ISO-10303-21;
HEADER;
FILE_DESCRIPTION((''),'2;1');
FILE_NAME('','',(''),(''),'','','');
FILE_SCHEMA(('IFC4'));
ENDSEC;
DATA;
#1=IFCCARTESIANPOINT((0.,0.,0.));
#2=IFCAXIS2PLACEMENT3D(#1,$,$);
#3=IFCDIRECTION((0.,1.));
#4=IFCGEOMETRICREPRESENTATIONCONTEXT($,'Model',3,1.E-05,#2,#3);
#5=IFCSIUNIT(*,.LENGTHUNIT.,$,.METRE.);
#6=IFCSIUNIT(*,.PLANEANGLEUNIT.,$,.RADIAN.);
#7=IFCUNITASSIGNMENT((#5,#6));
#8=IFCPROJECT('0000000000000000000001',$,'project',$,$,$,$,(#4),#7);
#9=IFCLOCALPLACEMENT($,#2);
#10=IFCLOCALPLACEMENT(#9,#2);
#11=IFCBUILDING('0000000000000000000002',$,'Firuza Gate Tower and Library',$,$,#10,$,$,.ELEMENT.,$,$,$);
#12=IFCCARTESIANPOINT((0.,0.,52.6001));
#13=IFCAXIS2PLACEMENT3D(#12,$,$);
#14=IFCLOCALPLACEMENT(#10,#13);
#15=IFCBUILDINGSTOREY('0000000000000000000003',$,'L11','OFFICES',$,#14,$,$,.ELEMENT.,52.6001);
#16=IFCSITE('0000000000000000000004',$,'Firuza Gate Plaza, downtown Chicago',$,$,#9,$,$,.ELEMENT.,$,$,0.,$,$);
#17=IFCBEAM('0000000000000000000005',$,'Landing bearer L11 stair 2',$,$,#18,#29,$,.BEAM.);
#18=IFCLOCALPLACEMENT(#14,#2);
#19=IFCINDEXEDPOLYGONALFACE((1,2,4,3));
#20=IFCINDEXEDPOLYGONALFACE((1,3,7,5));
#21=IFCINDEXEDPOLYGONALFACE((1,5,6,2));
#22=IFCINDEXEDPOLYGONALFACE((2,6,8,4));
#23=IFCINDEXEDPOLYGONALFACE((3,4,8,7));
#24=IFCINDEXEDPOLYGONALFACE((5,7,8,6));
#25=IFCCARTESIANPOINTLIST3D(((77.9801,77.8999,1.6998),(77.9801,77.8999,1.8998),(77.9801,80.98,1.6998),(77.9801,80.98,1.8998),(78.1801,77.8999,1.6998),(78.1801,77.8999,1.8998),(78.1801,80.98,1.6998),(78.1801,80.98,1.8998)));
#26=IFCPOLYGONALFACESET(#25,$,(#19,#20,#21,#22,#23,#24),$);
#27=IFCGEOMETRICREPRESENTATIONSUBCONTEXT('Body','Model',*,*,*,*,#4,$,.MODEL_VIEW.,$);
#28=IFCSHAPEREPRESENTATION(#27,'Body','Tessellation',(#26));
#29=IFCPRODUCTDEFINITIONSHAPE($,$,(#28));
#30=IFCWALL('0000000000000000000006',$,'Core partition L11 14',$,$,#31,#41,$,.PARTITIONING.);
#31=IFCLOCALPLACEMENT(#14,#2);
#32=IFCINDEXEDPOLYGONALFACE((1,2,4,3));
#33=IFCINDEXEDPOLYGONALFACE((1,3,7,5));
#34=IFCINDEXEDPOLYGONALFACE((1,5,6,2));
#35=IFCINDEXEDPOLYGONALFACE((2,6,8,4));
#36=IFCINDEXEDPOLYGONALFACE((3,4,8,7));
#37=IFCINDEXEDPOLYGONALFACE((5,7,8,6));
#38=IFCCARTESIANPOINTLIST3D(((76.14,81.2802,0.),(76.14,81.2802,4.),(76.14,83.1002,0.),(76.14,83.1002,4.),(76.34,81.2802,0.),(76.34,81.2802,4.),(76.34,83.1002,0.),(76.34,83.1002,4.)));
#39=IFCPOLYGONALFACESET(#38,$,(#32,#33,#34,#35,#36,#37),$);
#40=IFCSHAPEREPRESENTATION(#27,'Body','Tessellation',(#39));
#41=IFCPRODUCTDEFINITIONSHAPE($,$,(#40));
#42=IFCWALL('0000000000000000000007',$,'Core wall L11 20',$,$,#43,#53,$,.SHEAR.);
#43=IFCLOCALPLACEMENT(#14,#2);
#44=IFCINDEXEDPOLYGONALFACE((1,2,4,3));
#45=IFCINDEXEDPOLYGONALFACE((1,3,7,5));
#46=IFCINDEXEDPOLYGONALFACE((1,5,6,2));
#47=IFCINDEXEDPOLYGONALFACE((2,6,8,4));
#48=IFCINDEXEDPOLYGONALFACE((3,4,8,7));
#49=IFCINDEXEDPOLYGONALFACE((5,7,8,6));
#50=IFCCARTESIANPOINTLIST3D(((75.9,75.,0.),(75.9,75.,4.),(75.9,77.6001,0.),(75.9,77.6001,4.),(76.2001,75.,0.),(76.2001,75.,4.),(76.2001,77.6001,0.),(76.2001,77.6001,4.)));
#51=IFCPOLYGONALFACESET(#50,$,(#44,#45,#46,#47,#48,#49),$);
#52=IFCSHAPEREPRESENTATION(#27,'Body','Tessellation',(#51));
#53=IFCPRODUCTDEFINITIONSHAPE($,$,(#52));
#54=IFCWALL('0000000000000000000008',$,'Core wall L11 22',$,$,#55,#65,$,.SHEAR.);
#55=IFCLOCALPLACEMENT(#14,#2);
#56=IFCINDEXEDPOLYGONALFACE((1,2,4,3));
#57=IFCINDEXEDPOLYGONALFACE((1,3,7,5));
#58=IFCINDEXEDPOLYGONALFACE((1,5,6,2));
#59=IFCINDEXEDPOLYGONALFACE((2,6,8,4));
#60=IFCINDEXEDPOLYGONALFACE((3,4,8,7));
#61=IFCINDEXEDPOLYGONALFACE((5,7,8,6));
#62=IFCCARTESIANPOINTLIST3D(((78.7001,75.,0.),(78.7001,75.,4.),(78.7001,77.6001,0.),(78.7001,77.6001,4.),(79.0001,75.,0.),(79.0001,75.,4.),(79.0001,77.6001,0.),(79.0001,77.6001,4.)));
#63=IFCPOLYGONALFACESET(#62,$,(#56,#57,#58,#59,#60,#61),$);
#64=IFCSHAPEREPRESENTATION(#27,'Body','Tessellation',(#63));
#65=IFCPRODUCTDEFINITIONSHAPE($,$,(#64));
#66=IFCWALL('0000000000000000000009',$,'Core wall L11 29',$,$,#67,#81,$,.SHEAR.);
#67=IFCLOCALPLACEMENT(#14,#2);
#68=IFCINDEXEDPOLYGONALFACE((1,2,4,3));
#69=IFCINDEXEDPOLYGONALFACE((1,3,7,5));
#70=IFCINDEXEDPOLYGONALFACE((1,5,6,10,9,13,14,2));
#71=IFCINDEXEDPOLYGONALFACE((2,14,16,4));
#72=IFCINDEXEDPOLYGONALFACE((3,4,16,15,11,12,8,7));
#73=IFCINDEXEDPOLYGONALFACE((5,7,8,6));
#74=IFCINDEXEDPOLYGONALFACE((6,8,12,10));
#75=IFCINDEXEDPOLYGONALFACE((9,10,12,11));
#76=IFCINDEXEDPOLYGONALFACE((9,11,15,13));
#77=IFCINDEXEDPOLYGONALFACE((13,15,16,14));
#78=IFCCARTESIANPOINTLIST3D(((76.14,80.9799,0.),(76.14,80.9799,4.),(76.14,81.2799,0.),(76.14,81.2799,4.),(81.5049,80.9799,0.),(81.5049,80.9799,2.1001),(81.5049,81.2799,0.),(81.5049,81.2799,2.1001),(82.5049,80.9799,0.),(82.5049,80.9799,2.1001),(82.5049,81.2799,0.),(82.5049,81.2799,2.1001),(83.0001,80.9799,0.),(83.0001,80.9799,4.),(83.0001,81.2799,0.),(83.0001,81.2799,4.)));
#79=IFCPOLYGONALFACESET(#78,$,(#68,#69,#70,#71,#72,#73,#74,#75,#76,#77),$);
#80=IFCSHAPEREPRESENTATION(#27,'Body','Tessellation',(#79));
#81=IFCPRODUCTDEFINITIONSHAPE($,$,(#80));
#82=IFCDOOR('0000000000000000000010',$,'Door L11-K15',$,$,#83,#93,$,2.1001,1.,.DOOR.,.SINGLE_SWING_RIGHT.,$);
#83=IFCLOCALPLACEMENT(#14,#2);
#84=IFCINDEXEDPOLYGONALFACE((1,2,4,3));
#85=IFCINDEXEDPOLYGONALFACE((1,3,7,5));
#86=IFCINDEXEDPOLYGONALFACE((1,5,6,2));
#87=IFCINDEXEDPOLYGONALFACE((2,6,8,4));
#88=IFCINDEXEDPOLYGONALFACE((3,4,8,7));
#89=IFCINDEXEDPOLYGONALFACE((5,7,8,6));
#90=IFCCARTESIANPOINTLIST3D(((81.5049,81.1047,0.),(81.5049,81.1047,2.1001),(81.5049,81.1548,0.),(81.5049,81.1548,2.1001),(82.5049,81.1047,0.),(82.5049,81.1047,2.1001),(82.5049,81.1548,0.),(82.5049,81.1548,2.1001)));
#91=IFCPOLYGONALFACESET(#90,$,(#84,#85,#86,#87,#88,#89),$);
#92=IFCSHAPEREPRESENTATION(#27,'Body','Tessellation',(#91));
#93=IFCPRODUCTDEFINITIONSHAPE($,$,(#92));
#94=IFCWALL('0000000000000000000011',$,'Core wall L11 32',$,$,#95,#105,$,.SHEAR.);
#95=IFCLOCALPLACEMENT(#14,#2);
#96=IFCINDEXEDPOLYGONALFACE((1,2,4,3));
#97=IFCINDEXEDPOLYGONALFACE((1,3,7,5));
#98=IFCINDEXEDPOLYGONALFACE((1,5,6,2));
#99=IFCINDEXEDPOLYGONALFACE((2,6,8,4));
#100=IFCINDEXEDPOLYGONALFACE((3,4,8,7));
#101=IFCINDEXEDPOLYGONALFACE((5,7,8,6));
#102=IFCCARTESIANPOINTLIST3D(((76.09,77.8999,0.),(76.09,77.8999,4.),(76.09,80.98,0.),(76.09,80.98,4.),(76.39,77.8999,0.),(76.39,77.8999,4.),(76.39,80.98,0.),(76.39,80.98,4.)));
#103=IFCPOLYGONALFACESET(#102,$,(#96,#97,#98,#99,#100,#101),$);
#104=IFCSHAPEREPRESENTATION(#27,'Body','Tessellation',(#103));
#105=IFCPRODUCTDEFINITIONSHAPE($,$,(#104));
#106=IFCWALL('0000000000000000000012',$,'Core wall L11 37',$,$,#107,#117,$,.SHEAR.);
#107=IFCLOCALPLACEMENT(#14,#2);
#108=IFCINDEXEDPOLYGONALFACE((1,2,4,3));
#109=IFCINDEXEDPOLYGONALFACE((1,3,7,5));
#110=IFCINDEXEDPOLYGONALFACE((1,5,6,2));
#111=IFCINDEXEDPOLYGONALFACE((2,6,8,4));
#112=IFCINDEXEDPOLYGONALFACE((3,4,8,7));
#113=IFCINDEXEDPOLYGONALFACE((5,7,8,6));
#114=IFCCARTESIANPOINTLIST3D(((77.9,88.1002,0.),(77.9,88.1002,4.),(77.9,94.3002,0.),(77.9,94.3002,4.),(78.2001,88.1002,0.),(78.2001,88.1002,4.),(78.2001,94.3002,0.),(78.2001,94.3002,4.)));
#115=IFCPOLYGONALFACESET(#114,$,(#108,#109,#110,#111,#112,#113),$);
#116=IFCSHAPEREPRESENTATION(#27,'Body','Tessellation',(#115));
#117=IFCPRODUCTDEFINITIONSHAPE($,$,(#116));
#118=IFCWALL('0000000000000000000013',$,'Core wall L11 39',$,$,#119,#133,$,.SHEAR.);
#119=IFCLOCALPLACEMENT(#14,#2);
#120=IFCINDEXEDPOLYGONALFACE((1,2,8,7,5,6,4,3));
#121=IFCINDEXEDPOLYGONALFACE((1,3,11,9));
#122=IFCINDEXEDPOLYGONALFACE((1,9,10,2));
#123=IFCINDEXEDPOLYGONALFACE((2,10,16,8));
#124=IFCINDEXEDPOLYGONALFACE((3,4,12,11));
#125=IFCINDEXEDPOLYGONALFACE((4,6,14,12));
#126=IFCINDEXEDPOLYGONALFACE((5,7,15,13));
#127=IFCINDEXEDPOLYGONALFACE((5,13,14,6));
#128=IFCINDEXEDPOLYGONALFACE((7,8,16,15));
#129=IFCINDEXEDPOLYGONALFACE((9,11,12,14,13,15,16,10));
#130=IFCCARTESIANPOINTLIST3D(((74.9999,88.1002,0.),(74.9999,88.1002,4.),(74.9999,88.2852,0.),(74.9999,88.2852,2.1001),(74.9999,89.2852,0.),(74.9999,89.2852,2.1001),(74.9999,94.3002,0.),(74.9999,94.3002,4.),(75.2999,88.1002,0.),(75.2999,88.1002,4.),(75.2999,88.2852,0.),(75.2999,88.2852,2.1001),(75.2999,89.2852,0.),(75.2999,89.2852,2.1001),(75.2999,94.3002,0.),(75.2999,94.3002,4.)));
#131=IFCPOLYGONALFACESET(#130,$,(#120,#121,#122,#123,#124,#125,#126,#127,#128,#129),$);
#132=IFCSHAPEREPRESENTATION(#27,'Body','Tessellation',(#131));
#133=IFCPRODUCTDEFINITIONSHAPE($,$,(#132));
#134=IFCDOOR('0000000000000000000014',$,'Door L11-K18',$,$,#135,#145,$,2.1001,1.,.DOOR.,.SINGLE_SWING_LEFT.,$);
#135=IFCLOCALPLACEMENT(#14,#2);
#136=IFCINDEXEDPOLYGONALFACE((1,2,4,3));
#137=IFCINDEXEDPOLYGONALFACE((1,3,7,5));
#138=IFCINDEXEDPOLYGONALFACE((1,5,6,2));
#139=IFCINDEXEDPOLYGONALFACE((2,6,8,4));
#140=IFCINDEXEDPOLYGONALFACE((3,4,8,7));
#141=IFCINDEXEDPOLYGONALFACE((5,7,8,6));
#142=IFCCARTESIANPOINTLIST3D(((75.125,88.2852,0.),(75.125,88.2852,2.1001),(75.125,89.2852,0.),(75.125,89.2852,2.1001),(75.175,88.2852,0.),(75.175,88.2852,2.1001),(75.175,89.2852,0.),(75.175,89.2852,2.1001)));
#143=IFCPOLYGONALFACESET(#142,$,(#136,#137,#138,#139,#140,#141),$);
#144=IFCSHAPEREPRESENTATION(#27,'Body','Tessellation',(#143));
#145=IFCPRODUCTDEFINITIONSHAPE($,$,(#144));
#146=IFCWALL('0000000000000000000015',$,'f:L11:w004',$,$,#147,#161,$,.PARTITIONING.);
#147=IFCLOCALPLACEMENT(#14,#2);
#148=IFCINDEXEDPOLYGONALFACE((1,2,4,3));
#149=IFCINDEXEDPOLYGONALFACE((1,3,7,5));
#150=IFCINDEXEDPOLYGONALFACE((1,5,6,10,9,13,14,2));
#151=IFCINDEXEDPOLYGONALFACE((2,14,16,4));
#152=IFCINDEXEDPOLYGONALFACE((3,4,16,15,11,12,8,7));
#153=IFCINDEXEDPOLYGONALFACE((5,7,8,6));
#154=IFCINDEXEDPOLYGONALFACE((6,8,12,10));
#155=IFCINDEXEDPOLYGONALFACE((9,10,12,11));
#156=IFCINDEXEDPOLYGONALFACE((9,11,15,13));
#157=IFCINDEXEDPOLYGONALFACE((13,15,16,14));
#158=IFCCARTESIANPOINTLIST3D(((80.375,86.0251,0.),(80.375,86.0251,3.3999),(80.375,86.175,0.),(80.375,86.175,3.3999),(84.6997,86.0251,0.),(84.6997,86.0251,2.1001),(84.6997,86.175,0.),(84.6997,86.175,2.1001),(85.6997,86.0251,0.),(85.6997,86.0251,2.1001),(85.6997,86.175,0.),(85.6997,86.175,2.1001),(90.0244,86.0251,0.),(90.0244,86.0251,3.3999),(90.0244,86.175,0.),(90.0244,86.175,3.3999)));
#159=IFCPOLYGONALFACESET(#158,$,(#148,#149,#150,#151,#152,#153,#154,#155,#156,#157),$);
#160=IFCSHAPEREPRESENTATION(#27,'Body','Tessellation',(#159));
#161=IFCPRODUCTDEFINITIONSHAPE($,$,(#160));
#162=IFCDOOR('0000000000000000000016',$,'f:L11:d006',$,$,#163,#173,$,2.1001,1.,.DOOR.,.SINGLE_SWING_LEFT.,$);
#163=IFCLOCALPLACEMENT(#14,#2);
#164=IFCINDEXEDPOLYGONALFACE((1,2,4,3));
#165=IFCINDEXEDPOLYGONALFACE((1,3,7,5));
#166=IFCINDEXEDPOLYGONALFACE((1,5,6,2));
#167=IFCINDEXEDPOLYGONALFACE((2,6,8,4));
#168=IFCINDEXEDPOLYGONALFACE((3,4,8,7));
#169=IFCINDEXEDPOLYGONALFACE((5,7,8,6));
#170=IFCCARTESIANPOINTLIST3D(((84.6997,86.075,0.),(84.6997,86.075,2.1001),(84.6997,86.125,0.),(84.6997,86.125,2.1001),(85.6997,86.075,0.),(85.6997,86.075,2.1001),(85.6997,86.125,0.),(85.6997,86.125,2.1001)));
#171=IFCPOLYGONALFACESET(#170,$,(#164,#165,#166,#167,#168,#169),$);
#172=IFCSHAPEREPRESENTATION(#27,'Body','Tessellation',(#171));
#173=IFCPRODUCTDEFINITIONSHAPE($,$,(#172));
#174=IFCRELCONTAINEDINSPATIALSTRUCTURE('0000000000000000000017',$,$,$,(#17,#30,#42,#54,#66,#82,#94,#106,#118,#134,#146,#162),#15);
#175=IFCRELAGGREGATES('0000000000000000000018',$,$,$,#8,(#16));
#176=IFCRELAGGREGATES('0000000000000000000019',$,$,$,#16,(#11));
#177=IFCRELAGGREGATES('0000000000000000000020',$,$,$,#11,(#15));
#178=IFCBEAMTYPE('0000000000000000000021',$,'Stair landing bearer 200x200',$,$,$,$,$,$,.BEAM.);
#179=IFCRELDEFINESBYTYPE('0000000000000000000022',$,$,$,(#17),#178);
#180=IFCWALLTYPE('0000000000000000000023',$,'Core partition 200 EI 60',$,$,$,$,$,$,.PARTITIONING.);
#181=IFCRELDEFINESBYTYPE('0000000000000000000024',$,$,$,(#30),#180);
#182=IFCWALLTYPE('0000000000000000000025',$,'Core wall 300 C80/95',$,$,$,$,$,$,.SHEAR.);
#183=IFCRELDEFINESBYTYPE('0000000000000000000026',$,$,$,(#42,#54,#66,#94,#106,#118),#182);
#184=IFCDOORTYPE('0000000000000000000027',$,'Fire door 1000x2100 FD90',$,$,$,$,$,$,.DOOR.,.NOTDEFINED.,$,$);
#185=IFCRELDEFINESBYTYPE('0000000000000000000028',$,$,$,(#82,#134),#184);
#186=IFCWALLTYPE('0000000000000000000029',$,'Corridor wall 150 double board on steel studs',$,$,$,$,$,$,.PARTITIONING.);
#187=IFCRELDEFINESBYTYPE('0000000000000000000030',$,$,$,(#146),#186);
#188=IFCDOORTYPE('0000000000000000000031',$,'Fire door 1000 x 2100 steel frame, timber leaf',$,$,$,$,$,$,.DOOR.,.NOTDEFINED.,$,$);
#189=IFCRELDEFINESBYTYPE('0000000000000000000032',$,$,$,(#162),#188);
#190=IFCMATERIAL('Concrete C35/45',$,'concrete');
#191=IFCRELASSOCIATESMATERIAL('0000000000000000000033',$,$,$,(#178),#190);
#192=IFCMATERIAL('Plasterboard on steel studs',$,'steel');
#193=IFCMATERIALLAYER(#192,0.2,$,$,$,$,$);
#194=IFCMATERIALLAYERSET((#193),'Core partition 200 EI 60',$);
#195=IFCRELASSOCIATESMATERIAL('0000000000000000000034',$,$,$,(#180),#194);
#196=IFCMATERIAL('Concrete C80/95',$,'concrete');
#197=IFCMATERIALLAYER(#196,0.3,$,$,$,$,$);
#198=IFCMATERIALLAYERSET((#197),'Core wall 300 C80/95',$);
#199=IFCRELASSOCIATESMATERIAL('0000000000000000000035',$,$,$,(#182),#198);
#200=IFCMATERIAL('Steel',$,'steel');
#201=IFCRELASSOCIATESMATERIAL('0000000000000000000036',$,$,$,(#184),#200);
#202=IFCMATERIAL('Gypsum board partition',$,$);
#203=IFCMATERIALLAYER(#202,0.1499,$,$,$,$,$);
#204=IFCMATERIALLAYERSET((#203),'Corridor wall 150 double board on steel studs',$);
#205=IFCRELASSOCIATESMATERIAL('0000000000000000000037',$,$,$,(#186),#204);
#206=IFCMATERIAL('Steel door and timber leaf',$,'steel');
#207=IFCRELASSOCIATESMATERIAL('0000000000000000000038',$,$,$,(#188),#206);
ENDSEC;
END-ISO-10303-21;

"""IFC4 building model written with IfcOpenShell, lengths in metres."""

from ifc_helpers import new_model, si_unit, direction, frame, frame_2d, origin, origin_2d, place, context, subcontext, project, spatial, rectangle, extrude, material, layer, layer_set, material_profile, profile_set, type_object, element, fill, save


model = new_model("IFC4")

# Units and contexts
model_context = context("Model", 3, precision=1e-05, world=origin(), true_north=direction((0.0, 1.0)))
body_context = subcontext(model_context, "Body", "Model", "MODEL_VIEW")
ifc_project = project(units=[si_unit("LENGTHUNIT", "METRE"), si_unit("PLANEANGLEUNIT", "RADIAN")], contexts=[model_context])

# Site, building, storey
site_placement = place(None, origin())
site = spatial("IfcSite", under=ifc_project, at=site_placement, Name="Firuza Gate Plaza, downtown Chicago", CompositionType="ELEMENT", RefElevation=0.0)
building_placement = place(site_placement, origin())
building = spatial("IfcBuilding", under=site, at=building_placement, Name="Firuza Gate Tower and Library", CompositionType="ELEMENT")
storey_placement = place(building_placement, frame((0.0, 0.0, 52.6001)))
storey = spatial("IfcBuildingStorey", under=building, at=storey_placement, Name="L11", Description="OFFICES", CompositionType="ELEMENT", Elevation=52.6001)

# Beam
ifc_material_1 = material(Name="Concrete C35/45", Category="concrete")
ifc_material_profile = material_profile(ifc_material_1, rectangle(XDim=0.2, YDim=0.2, at=origin_2d()))
ifc_profile_set = profile_set([ifc_material_profile], Name="Concrete C35/45")
beam_type = type_object("IfcBeamType", Name="Stair landing bearer 200x200", PredefinedType="BEAM", material=ifc_profile_set)
beam_placement = place(storey_placement, frame((78.0801, 80.98, 1.7998), z_axis=(0.0, -1.0, 0.0), x_axis=(1.0, 0.0, 0.0)))
element("IfcBeam", 1, at=beam_placement, inside=storey, type_object=beam_type, Name="Landing bearer L11 stair 2", PredefinedType="BEAM", context=body_context, shape_type="SweptSolid", body=[
    extrude(rectangle(XDim=0.2, YDim=0.2, at=origin_2d()), origin(), (0.0, 0.0, 1.0), 3.0801),
])

# Walls
ifc_material_2 = material(Name="Plasterboard on steel studs", Category="steel")
ifc_layer_1 = layer(ifc_material_2, 0.2)
ifc_layer_set_1 = layer_set([ifc_layer_1], Name="Core partition 200 EI 60")
wall_type_1 = type_object("IfcWallType", Name="Core partition 200 EI 60", PredefinedType="PARTITIONING", material=ifc_layer_set_1)
wall_1_placement = place(storey_placement, frame((76.24, 81.28, 0.0), z_axis=(0.0, 0.0, 1.0), x_axis=(0.0, 1.0, 0.0)))
element("IfcWall", 2, at=wall_1_placement, inside=storey, type_object=wall_type_1, Name="Core partition L11 14", PredefinedType="PARTITIONING", context=body_context, shape_type="SweptSolid", body=[
    extrude(rectangle(XDim=1.8201, YDim=0.2, at=frame_2d((0.9102, 0.0))), origin(), (0.0, 0.0, 1.0), 4.0),
])
ifc_material_3 = material(Name="Concrete C80/95", Category="concrete")
ifc_layer_2 = layer(ifc_material_3, 0.3)
ifc_layer_set_2 = layer_set([ifc_layer_2], Name="Core wall 300 C80/95")
wall_type_2 = type_object("IfcWallType", Name="Core wall 300 C80/95", PredefinedType="SHEAR", material=ifc_layer_set_2)
for number, where, z_axis, x_axis, name in (
    (3, (76.05, 75.0, 0.0), (0.0, 0.0, 1.0), (0.0, 1.0, 0.0), "Core wall L11 20"),
    (4, (78.8501, 75.0, 0.0), (0.0, 0.0, 1.0), (0.0, 1.0, 0.0), "Core wall L11 22"),
):
    element("IfcWall", number, at=place(storey_placement, frame(where, z_axis=z_axis, x_axis=x_axis)), inside=storey, type_object=wall_type_2, Name=name, PredefinedType="SHEAR", context=body_context, shape_type="SweptSolid", body=[
        extrude(rectangle(XDim=2.6001, YDim=0.3, at=frame_2d((1.3, 0.0))), origin(), (0.0, 0.0, 1.0), 4.0),
    ])

# Wall, opening, door
wall_2_placement = place(storey_placement, frame((76.1399, 81.1299, 0.0), z_axis=(0.0, 0.0, 1.0), x_axis=(1.0, 0.0, 0.0)))
wall_2 = element("IfcWall", 5, at=wall_2_placement, inside=storey, type_object=wall_type_2, Name="Core wall L11 29", PredefinedType="SHEAR", context=body_context, shape_type="SweptSolid", body=[
    extrude(rectangle(XDim=6.8601, YDim=0.3, at=frame_2d((3.4302, 0.0))), origin(), (0.0, 0.0, 1.0), 4.0),
])
opening_1_placement = place(wall_2_placement, frame((5.365, 0.0, 0.0)))
opening_1 = element("IfcOpeningElement", 6, at=opening_1_placement, cuts=wall_2, PredefinedType="OPENING", context=body_context, shape_type="SweptSolid", body=[
    extrude(rectangle(XDim=1.0, YDim=2.1001, at=frame_2d((0.5, 1.05))), frame((0.0, 0.1602, 0.0), z_axis=(0.0, -1.0, 0.0), x_axis=(1.0, 0.0, 0.0)), (0.0, 0.0, 1.0), 0.3201),
])
ifc_material_4 = material(Name="Steel", Category="steel")
door_type_1 = type_object("IfcDoorType", Name="Fire door 1000x2100 FD90", OperationType="NOTDEFINED", PredefinedType="DOOR", material=ifc_material_4)
door_1_placement = place(opening_1_placement, origin())
door_1 = element("IfcDoor", 7, at=door_1_placement, inside=storey, type_object=door_type_1, Name="Door L11-K15", OperationType="SINGLE_SWING_RIGHT", OverallHeight=2.1001, OverallWidth=1.0, PredefinedType="DOOR", context=body_context, shape_type="SweptSolid", body=[
    extrude(rectangle(XDim=1.0, YDim=2.1001, at=frame_2d((0.5, 1.05))), frame((0.0, 0.0249, 0.0), z_axis=(0.0, -1.0, 0.0), x_axis=(1.0, 0.0, 0.0)), (0.0, 0.0, 1.0), 0.05),
])
fill(opening_1, door_1)

# Walls
wall_3_placement = place(storey_placement, frame((76.24, 77.8999, 0.0), z_axis=(0.0, 0.0, 1.0), x_axis=(0.0, 1.0, 0.0)))
element("IfcWall", 8, at=wall_3_placement, inside=storey, type_object=wall_type_2, Name="Core wall L11 32", PredefinedType="SHEAR", context=body_context, shape_type="SweptSolid", body=[
    extrude(rectangle(XDim=3.0801, YDim=0.3, at=frame_2d((1.54, 0.0))), origin(), (0.0, 0.0, 1.0), 4.0),
])
wall_4_placement = place(storey_placement, frame((78.05, 88.1001, 0.0), z_axis=(0.0, 0.0, 1.0), x_axis=(0.0, 1.0, 0.0)))
element("IfcWall", 9, at=wall_4_placement, inside=storey, type_object=wall_type_2, Name="Core wall L11 37", PredefinedType="SHEAR", context=body_context, shape_type="SweptSolid", body=[
    extrude(rectangle(XDim=6.2, YDim=0.3, at=frame_2d((3.1001, 0.0))), origin(), (0.0, 0.0, 1.0), 4.0),
])

# Walls, openings, doors
wall_5_placement = place(storey_placement, frame((75.1499, 88.1001, 0.0), z_axis=(0.0, 0.0, 1.0), x_axis=(0.0, 1.0, 0.0)))
wall_5 = element("IfcWall", 10, at=wall_5_placement, inside=storey, type_object=wall_type_2, Name="Core wall L11 39", PredefinedType="SHEAR", context=body_context, shape_type="SweptSolid", body=[
    extrude(rectangle(XDim=6.2, YDim=0.3, at=frame_2d((3.1001, 0.0))), origin(), (0.0, 0.0, 1.0), 4.0),
])
opening_2_placement = place(wall_5_placement, frame((0.1851, 0.0, 0.0)))
opening_2 = element("IfcOpeningElement", 11, at=opening_2_placement, cuts=wall_5, PredefinedType="OPENING", context=body_context, shape_type="SweptSolid", body=[
    extrude(rectangle(XDim=1.0, YDim=2.1001, at=frame_2d((0.5, 1.05))), frame((0.0, 0.1602, 0.0), z_axis=(0.0, -1.0, 0.0), x_axis=(1.0, 0.0, 0.0)), (0.0, 0.0, 1.0), 0.3201),
])
door_2_placement = place(opening_2_placement, origin())
door_2 = element("IfcDoor", 12, at=door_2_placement, inside=storey, type_object=door_type_1, Name="Door L11-K18", OperationType="SINGLE_SWING_LEFT", OverallHeight=2.1001, OverallWidth=1.0, PredefinedType="DOOR", context=body_context, shape_type="SweptSolid", body=[
    extrude(rectangle(XDim=1.0, YDim=2.1001, at=frame_2d((0.5, 1.05))), frame((0.0, 0.0249, 0.0), z_axis=(0.0, -1.0, 0.0), x_axis=(1.0, 0.0, 0.0)), (0.0, 0.0, 1.0), 0.05),
])
fill(opening_2, door_2)
ifc_material_5 = material(Name="Gypsum board partition")
ifc_layer_3 = layer(ifc_material_5, 0.1499)
ifc_layer_set_3 = layer_set([ifc_layer_3], Name="Corridor wall 150 double board on steel studs")
wall_type_3 = type_object("IfcWallType", Name="Corridor wall 150 double board on steel studs", PredefinedType="PARTITIONING", material=ifc_layer_set_3)
wall_6_placement = place(storey_placement, frame((80.375, 86.1001, 0.0), z_axis=(0.0, 0.0, 1.0), x_axis=(1.0, 0.0, 0.0)))
wall_6 = element("IfcWall", 13, at=wall_6_placement, inside=storey, type_object=wall_type_3, Name="f:L11:w004", PredefinedType="PARTITIONING", context=body_context, shape_type="SweptSolid", body=[
    extrude(rectangle(XDim=9.6494, YDim=0.1499, at=frame_2d((4.8247, 0.0))), origin(), (0.0, 0.0, 1.0), 3.3999),
])
opening_3_placement = place(wall_6_placement, frame((4.3247, 0.0, 0.0)))
opening_3 = element("IfcOpeningElement", 14, at=opening_3_placement, cuts=wall_6, PredefinedType="OPENING", context=body_context, shape_type="SweptSolid", body=[
    extrude(rectangle(XDim=1.0, YDim=2.1001, at=frame_2d((0.5, 1.05))), frame((0.0, 0.085, 0.0), z_axis=(0.0, -1.0, 0.0), x_axis=(1.0, 0.0, 0.0)), (0.0, 0.0, 1.0), 0.1699),
])
ifc_material_6 = material(Name="Steel door and timber leaf", Category="steel")
door_type_2 = type_object("IfcDoorType", Name="Fire door 1000 x 2100 steel frame, timber leaf", OperationType="NOTDEFINED", PredefinedType="DOOR", material=ifc_material_6)
door_3_placement = place(opening_3_placement, origin())
door_3 = element("IfcDoor", 15, at=door_3_placement, inside=storey, type_object=door_type_2, Name="f:L11:d006", OperationType="SINGLE_SWING_LEFT", OverallHeight=2.1001, OverallWidth=1.0, PredefinedType="DOOR", context=body_context, shape_type="SweptSolid", body=[
    extrude(rectangle(XDim=1.0, YDim=2.1001, at=frame_2d((0.5, 1.05))), frame((0.0, 0.0249, 0.0), z_axis=(0.0, -1.0, 0.0), x_axis=(1.0, 0.0, 0.0)), (0.0, 0.0, 1.0), 0.05),
])
fill(opening_3, door_3)

save(model, "model.ifc")
